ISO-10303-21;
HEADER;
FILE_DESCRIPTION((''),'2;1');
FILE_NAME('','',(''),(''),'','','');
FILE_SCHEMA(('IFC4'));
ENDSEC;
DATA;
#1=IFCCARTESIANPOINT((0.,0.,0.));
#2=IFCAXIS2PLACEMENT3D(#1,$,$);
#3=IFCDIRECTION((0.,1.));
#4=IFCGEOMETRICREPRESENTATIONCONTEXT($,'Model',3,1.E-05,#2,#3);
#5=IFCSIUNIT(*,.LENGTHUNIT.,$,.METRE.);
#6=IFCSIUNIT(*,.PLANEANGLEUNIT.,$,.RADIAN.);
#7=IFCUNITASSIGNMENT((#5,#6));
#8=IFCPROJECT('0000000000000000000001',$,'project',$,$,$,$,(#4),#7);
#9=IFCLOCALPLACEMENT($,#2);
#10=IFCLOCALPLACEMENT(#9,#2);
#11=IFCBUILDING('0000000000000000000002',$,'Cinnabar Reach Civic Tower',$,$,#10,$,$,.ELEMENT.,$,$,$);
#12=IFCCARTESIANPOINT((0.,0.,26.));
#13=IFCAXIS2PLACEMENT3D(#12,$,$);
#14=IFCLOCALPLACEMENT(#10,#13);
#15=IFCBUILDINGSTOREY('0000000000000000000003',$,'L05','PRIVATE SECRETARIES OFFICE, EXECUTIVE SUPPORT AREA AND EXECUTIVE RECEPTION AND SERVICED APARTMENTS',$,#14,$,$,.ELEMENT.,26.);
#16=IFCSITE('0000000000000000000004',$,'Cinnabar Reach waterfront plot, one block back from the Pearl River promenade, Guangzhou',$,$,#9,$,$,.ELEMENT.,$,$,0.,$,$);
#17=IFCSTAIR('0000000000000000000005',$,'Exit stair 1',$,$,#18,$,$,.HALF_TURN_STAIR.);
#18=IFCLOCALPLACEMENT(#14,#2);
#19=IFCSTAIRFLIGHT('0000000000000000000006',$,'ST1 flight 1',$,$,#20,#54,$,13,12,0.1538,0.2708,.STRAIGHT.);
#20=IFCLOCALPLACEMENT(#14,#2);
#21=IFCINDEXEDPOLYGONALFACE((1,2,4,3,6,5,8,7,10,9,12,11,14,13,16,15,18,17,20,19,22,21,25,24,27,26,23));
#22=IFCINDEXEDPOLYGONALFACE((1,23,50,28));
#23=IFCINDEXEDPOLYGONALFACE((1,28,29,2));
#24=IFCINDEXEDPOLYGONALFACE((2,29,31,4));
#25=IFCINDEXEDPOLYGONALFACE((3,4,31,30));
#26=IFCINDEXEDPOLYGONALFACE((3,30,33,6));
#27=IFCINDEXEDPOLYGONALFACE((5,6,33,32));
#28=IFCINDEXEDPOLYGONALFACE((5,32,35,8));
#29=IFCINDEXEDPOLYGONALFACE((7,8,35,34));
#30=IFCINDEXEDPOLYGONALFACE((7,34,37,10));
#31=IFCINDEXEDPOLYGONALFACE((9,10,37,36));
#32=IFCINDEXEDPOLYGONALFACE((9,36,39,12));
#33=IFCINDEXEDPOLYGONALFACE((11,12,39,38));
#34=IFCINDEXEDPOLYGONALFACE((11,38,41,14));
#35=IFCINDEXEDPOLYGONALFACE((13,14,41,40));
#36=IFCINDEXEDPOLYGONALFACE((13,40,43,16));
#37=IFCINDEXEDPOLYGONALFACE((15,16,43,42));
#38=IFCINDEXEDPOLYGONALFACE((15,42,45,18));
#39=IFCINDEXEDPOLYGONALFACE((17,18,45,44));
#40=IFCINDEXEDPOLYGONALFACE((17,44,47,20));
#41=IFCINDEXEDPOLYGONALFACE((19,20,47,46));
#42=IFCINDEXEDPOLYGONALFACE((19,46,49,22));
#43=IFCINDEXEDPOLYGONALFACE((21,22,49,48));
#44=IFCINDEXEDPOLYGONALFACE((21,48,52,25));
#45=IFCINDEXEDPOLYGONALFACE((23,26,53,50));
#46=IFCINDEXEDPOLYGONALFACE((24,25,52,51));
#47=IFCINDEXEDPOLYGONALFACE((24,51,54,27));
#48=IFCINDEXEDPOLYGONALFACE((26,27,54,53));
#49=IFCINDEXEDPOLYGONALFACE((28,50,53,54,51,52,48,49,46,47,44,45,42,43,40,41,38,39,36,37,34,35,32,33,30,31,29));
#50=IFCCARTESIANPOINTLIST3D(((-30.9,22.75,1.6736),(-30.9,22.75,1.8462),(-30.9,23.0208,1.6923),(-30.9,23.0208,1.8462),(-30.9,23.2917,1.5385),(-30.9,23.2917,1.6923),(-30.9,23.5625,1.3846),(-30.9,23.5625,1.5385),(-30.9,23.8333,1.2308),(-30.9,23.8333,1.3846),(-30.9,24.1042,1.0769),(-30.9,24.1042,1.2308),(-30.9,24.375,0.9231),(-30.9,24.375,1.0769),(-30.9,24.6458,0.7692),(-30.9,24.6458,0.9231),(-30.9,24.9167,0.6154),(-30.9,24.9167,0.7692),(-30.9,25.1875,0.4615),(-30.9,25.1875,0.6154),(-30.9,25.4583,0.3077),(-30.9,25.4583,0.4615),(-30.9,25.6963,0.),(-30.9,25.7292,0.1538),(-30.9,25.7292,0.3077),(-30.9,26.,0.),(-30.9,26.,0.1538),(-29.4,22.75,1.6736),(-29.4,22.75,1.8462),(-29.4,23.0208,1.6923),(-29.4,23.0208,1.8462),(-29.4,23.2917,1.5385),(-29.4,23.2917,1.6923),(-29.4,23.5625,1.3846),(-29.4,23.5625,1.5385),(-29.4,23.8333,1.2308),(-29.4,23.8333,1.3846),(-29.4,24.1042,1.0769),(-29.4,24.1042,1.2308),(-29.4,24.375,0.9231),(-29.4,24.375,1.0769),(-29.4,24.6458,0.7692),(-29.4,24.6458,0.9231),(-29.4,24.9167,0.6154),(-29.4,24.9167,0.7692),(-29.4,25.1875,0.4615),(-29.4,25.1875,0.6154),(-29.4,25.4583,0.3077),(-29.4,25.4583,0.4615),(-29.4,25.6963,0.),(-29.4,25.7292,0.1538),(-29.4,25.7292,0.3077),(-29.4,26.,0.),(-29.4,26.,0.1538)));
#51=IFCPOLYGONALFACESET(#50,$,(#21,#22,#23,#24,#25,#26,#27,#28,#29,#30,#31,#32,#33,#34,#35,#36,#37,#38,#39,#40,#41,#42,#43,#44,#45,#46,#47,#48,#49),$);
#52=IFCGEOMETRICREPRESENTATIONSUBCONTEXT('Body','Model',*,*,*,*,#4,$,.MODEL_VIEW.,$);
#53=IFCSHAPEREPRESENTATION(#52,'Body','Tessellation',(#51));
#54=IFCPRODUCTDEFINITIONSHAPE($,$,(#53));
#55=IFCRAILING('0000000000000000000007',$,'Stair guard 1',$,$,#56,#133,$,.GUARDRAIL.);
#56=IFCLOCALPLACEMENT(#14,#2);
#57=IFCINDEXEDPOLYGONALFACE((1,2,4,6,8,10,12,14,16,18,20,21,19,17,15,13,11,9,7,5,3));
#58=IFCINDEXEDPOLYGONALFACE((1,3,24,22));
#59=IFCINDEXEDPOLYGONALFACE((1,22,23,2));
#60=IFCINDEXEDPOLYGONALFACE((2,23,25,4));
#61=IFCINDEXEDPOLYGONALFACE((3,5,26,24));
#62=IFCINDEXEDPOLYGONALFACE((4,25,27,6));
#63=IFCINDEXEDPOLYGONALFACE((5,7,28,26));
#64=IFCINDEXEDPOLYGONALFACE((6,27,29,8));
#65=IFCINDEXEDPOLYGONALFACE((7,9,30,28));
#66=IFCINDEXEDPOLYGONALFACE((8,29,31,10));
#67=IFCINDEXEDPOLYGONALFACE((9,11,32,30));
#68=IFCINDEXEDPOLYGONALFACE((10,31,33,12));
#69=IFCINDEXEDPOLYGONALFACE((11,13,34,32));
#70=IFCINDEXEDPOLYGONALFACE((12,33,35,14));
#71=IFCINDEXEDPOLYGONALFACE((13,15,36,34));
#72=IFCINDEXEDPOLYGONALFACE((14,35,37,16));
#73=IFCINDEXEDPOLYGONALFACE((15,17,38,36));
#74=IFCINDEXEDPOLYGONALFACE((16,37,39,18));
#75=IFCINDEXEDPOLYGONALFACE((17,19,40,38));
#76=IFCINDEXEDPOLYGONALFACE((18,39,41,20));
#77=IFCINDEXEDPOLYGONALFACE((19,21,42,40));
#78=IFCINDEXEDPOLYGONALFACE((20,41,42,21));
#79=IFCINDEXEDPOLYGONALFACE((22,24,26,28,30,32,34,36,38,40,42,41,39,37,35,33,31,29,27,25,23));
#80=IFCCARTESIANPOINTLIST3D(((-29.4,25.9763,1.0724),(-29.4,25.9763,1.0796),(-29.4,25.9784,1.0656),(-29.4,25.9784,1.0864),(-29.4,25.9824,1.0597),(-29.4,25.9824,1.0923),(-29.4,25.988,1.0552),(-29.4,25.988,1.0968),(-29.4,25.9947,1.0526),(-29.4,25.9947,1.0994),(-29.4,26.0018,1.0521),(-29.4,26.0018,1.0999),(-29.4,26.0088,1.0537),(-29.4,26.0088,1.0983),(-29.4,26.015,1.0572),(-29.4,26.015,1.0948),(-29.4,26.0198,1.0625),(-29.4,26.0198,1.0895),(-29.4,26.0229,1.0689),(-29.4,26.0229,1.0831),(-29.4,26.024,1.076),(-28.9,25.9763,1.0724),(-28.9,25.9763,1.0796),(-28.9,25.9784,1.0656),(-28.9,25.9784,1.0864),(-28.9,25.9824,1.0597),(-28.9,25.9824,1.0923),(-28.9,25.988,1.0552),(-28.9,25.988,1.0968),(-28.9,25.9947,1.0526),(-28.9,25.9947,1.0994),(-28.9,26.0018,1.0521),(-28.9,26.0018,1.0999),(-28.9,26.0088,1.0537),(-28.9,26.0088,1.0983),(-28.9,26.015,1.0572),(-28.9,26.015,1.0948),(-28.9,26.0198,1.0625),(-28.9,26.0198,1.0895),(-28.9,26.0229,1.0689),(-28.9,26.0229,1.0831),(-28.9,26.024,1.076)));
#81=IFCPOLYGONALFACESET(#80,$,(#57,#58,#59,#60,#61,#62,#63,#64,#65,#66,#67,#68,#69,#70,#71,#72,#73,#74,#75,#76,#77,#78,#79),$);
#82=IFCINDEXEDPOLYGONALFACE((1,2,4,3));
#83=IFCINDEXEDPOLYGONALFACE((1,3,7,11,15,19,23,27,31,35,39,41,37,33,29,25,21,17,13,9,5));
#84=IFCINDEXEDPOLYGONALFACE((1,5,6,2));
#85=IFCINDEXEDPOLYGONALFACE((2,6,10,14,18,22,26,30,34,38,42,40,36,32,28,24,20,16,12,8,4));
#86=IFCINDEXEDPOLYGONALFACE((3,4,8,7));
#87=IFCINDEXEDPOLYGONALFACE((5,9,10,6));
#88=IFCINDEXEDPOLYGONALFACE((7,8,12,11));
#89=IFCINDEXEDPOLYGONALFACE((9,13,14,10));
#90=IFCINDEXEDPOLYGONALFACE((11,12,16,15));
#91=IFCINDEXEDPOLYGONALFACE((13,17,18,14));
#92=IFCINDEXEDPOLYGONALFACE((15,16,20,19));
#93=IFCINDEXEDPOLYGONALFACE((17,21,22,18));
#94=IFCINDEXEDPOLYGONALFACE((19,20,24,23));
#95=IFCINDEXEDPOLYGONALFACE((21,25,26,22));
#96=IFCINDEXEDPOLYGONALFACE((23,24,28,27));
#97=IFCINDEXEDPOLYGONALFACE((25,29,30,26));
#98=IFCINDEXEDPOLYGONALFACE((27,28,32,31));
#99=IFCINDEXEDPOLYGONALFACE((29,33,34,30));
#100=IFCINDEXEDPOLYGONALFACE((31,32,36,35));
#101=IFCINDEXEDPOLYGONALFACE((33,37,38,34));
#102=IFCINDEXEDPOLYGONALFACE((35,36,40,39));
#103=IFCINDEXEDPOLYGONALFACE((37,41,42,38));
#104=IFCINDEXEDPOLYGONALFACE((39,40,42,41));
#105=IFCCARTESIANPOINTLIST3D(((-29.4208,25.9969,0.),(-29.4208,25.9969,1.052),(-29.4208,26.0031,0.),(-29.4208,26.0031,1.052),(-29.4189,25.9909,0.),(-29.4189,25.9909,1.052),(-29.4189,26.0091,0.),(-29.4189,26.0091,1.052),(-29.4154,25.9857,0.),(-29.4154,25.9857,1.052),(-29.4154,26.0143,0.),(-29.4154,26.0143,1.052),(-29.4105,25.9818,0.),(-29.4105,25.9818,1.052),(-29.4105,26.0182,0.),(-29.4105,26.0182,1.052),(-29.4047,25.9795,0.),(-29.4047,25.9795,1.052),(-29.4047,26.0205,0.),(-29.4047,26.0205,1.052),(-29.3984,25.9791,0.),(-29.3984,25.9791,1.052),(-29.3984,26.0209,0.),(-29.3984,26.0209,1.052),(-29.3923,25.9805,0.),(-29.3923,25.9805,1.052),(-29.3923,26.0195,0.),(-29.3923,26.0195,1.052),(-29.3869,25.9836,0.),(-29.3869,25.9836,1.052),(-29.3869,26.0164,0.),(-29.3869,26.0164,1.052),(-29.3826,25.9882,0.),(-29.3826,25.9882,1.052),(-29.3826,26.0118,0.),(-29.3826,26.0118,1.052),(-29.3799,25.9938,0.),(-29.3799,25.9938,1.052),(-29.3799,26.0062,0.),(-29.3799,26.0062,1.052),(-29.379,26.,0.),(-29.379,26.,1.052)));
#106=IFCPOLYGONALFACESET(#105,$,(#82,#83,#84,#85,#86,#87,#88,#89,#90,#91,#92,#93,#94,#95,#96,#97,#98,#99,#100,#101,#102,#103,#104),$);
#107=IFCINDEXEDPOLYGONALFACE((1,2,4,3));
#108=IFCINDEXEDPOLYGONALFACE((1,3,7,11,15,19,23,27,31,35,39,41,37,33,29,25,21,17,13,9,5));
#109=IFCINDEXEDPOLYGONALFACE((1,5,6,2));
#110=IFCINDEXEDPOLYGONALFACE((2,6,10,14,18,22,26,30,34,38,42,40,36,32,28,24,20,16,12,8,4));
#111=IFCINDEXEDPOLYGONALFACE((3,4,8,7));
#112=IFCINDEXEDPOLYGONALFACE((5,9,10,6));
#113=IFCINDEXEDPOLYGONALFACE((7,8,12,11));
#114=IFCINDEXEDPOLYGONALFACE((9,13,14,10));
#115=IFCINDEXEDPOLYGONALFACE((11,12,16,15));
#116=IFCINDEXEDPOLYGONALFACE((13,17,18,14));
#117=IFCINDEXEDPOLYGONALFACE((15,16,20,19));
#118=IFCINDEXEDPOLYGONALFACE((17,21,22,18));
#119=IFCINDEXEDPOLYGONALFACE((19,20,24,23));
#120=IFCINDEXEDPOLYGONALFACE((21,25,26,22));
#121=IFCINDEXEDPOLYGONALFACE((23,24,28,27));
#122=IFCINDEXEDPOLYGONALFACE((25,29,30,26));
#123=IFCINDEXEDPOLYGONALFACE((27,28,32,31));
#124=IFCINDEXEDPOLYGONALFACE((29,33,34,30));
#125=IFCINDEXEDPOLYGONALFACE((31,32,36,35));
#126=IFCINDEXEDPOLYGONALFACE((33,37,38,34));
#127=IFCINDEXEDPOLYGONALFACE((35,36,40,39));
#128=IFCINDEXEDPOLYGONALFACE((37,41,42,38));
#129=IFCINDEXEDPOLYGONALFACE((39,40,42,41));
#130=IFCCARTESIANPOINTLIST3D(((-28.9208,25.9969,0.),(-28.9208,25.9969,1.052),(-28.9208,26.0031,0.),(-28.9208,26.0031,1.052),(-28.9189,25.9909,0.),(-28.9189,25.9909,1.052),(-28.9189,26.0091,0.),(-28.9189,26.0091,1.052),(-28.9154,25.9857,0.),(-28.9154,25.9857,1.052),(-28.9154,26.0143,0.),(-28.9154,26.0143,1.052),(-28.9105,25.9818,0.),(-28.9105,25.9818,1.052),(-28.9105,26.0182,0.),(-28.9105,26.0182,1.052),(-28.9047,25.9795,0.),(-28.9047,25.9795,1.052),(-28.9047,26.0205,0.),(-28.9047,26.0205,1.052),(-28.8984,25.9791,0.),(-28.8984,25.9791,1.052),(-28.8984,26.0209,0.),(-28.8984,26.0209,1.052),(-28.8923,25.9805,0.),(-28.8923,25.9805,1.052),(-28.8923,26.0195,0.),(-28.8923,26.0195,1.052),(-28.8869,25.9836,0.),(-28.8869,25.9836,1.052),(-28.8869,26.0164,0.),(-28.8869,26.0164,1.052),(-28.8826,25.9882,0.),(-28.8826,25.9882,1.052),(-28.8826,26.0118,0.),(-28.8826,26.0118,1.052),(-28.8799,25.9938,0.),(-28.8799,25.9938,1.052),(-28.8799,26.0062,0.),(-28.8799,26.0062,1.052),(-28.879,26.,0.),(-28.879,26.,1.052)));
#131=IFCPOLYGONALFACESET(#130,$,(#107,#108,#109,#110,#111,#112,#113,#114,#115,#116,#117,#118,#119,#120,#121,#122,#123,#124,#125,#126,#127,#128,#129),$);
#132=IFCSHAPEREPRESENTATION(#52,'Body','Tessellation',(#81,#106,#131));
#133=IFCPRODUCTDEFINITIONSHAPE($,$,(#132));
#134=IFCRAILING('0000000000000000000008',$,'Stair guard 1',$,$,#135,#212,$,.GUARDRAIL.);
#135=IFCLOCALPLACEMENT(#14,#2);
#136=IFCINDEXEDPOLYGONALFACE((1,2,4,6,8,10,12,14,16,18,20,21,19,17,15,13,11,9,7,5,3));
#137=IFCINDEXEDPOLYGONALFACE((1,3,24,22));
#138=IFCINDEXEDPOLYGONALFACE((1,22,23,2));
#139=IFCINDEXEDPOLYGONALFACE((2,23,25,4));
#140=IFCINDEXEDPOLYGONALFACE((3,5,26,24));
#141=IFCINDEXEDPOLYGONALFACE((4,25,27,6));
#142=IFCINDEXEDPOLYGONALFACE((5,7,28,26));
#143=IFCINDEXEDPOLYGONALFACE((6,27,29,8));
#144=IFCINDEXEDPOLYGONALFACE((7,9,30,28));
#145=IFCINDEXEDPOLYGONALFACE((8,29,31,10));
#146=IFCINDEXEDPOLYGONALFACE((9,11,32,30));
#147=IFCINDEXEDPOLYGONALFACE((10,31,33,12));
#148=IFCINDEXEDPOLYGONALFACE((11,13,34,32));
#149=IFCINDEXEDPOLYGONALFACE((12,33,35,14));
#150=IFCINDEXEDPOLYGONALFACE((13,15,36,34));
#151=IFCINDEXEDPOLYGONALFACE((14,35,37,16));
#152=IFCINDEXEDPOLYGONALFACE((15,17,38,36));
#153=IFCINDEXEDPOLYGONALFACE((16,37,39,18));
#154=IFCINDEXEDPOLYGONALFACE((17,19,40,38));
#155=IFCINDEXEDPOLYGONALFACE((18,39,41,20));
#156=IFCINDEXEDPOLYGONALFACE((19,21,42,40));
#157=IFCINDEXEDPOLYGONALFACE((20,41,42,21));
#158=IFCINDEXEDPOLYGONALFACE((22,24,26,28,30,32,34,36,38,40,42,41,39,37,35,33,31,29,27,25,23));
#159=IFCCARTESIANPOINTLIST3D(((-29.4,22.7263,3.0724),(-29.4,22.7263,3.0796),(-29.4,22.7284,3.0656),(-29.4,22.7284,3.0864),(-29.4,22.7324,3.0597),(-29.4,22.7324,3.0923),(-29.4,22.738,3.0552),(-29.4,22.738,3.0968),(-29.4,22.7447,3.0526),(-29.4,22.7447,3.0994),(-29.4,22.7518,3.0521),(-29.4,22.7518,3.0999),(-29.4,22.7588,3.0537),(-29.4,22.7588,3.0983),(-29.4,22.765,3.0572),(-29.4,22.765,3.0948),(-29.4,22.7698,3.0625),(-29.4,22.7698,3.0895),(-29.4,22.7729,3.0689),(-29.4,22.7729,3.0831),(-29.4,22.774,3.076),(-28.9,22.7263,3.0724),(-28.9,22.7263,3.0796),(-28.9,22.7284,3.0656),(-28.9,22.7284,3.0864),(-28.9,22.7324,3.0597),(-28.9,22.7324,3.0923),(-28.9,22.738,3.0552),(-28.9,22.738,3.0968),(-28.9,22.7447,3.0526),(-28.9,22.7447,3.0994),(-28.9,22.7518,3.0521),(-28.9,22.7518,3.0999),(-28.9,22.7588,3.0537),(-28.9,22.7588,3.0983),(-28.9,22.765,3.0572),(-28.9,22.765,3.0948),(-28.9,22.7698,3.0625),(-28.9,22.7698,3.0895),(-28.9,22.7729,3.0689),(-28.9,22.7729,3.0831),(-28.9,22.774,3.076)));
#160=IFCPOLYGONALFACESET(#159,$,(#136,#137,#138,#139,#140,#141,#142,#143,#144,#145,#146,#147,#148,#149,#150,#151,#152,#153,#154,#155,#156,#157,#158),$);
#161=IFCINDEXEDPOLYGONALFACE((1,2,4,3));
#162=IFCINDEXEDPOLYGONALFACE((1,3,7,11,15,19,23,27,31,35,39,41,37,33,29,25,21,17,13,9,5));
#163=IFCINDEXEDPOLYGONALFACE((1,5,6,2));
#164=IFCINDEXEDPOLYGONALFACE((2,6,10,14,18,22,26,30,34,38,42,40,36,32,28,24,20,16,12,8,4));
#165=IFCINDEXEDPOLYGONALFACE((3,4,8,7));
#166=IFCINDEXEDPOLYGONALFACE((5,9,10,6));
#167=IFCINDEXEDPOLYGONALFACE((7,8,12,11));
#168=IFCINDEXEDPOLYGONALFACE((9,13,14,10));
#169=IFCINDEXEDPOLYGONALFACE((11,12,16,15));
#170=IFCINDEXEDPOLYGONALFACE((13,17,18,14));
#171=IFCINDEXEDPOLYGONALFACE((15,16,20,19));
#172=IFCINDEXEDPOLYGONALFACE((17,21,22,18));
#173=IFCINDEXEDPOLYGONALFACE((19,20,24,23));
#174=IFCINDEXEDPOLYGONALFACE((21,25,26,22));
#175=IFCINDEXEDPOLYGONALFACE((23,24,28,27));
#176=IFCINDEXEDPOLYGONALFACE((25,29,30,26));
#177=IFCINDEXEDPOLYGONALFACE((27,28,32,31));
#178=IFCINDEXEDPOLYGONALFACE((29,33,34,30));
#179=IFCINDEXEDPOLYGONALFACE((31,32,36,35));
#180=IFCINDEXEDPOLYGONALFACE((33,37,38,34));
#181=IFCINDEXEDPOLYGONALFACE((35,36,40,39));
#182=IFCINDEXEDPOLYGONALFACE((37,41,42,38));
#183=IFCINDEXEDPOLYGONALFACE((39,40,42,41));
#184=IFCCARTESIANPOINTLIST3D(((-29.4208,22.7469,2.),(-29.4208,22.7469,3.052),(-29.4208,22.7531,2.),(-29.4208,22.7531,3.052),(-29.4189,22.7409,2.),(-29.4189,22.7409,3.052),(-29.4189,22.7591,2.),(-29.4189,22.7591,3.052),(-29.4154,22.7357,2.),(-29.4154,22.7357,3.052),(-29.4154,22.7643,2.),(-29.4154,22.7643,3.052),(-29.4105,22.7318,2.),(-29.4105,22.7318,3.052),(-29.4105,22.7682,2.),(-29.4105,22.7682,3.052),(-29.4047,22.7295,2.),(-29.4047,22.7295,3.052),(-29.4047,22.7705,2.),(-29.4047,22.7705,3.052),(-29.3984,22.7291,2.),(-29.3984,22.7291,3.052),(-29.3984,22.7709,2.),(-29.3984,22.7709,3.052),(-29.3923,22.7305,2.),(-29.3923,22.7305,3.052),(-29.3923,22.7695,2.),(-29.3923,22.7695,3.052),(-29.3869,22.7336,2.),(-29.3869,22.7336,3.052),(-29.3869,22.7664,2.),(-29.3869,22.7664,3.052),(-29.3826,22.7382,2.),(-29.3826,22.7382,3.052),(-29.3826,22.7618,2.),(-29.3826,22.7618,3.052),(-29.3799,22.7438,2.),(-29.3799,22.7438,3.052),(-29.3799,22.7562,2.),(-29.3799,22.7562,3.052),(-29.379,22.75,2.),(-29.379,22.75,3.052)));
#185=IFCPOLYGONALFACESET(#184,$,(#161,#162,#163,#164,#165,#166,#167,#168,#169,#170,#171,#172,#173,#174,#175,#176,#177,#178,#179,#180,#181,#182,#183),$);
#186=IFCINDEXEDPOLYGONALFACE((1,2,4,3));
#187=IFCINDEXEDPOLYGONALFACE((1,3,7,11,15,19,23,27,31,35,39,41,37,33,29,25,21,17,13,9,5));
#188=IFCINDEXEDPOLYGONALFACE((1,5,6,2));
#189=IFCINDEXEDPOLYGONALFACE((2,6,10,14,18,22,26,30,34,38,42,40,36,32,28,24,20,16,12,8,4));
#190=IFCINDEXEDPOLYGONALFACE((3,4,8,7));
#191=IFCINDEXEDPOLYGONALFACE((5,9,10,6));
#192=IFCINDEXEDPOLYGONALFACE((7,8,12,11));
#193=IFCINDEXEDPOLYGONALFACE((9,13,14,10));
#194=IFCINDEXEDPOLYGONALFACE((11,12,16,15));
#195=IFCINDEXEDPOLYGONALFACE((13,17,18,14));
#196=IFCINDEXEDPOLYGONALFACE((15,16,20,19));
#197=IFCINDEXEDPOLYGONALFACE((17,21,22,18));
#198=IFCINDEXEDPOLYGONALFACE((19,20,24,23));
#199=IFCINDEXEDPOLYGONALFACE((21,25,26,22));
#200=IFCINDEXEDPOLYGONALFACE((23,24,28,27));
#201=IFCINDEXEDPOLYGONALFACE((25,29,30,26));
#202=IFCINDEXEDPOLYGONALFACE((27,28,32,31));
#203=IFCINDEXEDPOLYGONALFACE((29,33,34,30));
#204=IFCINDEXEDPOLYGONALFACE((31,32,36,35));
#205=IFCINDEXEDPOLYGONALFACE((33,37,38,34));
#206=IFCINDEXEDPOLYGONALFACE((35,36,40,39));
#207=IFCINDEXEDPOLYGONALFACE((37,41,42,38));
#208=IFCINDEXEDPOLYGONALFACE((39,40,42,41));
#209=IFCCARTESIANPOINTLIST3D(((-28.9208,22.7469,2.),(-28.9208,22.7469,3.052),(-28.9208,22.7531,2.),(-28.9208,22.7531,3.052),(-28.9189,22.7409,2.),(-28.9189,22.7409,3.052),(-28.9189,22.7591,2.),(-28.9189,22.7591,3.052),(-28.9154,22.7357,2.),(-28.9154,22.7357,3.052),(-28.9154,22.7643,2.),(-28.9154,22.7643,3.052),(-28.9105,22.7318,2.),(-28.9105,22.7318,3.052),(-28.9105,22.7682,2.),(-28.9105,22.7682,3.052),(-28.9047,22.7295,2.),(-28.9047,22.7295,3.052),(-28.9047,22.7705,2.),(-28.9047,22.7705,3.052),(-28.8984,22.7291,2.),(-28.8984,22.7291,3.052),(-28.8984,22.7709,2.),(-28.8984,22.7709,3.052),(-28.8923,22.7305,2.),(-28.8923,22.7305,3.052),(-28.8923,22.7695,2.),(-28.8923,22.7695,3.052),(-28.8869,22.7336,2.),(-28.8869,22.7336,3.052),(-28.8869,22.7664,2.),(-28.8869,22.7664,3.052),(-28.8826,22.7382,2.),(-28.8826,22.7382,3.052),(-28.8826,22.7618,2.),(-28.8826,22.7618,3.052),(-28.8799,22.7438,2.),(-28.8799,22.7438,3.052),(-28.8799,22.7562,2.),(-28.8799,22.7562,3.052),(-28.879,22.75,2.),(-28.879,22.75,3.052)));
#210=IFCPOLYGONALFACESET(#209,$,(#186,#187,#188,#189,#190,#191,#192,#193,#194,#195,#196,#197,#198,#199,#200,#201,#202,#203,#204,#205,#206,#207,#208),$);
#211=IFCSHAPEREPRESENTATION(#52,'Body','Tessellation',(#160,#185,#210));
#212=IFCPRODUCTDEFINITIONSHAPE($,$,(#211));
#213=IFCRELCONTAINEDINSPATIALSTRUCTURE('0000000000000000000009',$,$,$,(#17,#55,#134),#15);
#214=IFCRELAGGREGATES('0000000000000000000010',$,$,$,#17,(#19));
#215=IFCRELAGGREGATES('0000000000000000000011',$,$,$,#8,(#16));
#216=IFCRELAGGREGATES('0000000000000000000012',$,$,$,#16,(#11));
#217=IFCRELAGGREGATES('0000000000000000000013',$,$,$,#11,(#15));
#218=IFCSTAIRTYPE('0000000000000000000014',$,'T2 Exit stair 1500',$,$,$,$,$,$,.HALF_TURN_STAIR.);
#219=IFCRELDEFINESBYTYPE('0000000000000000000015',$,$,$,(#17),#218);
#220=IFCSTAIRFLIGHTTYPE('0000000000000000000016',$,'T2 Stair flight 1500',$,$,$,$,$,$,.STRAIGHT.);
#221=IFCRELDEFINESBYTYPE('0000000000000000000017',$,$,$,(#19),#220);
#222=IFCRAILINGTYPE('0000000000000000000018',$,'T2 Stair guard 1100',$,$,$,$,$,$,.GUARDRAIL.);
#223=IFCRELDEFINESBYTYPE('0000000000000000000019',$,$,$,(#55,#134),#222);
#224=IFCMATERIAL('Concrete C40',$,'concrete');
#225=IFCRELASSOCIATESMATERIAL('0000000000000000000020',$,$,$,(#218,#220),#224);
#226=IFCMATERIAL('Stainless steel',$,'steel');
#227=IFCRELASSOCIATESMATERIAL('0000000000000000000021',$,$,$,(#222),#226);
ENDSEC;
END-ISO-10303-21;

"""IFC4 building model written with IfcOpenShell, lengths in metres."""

from ifc_helpers import new_model, si_unit, direction, frame, origin, origin_2d, place, context, subcontext, project, spatial, polyline, circle, outline, extrude, material, type_object, element, aggregate, save


model = new_model("IFC4")

# Units and contexts
model_context = context("Model", 3, precision=1e-05, world=origin(), true_north=direction((0.0, 1.0)))
body_context = subcontext(model_context, "Body", "Model", "MODEL_VIEW")
ifc_project = project(units=[si_unit("LENGTHUNIT", "METRE"), si_unit("PLANEANGLEUNIT", "RADIAN")], contexts=[model_context])

# Site, building, storey
site_placement = place(None, origin())
site = spatial("IfcSite", under=ifc_project, at=site_placement, Name="Cinnabar Reach waterfront plot, one block back from the Pearl River promenade, Guangzhou", CompositionType="ELEMENT", RefElevation=0.0)
building_placement = place(site_placement, origin())
building = spatial("IfcBuilding", under=site, at=building_placement, Name="Cinnabar Reach Civic Tower", CompositionType="ELEMENT")
storey_placement = place(building_placement, frame((0.0, 0.0, 26.0)))
storey = spatial("IfcBuildingStorey", under=building, at=storey_placement, Name="L05", Description="PRIVATE SECRETARIES OFFICE, EXECUTIVE SUPPORT AREA AND EXECUTIVE RECEPTION AND SERVICED APARTMENTS", CompositionType="ELEMENT", Elevation=26.0)

# Shared definitions
ifc_material_1 = material(Name="Concrete C40", Category="concrete")

# Stair, stair flight
stair_type = type_object("IfcStairType", Name="T2 Exit stair 1500", PredefinedType="HALF_TURN_STAIR", material=ifc_material_1)
stair_placement = place(storey_placement, origin())
stair = element("IfcStair", 1, at=stair_placement, inside=storey, type_object=stair_type, Name="Exit stair 1", PredefinedType="HALF_TURN_STAIR")
stair_flight_type = type_object("IfcStairFlightType", Name="T2 Stair flight 1500", PredefinedType="STRAIGHT", material=ifc_material_1)
stair_flight_placement = place(storey_placement, frame((-30.15, 26.0, 0.0), z_axis=(0.0, 0.0, 1.0), x_axis=(0.0, -1.0, 0.0)))
stair_flight = element("IfcStairFlight", 2, at=stair_flight_placement, type_object=stair_flight_type, Name="ST1 flight 1", NumberOfRisers=13, NumberOfTreads=12, PredefinedType="STRAIGHT", RiserHeight=0.1538, TreadLength=0.2708, context=body_context, shape_type="SweptSolid", body=[
    extrude(outline(polyline([(0.0, 0.0), (0.0, 0.1538), (0.2708, 0.1538), (0.2708, 0.3077), (0.5417, 0.3077), (0.5417, 0.4615), (0.8125, 0.4615), (0.8125, 0.6154), (1.0833, 0.6154), (1.0833, 0.7692), (1.3542, 0.7692), (1.3542, 0.9231), (1.625, 0.9231), (1.625, 1.0769), (1.8958, 1.0769), (1.8958, 1.2308), (2.1667, 1.2308), (2.1667, 1.3846), (2.4375, 1.3846), (2.4375, 1.5385), (2.7083, 1.5385), (2.7083, 1.6923), (2.9792, 1.6923), (2.9792, 1.8462), (3.25, 1.8462), (3.25, 2.0), (3.25, 1.6736), (0.3037, 0.0), (0.0, 0.0)])), frame((0.0, 0.75, 0.0), z_axis=(0.0, -1.0, 0.0), x_axis=(1.0, 0.0, 0.0)), (0.0, 0.0, 1.0), 1.5),
])
aggregate(stair, [stair_flight])

# Railings
ifc_material_2 = material(Name="Stainless steel", Category="steel")
railing_type = type_object("IfcRailingType", Name="T2 Stair guard 1100", PredefinedType="GUARDRAIL", material=ifc_material_2)
for number, where, name in (
    (3, (-29.4, 26.0, 0.0), "Stair guard 1"),
    (4, (-29.4, 22.75, 2.0), "Stair guard 1"),
):
    element("IfcRailing", number, at=place(storey_placement, frame(where)), inside=storey, type_object=railing_type, Name=name, PredefinedType="GUARDRAIL", context=body_context, shape_type="SweptSolid", body=[
        extrude(circle(Radius=0.024, at=origin_2d()), frame((0.0, 0.0, 1.076), z_axis=(1.0, 0.0, 0.0), x_axis=(0.0, 1.0, 0.0)), (0.0, 0.0, 1.0), 0.5),
        extrude(circle(Radius=0.021, at=origin_2d()), origin(), (0.0, 0.0, 1.0), 1.052),
        extrude(circle(Radius=0.021, at=origin_2d()), frame((0.5, 0.0, 0.0)), (0.0, 0.0, 1.0), 1.052),
    ])

save(model, "model.ifc")
